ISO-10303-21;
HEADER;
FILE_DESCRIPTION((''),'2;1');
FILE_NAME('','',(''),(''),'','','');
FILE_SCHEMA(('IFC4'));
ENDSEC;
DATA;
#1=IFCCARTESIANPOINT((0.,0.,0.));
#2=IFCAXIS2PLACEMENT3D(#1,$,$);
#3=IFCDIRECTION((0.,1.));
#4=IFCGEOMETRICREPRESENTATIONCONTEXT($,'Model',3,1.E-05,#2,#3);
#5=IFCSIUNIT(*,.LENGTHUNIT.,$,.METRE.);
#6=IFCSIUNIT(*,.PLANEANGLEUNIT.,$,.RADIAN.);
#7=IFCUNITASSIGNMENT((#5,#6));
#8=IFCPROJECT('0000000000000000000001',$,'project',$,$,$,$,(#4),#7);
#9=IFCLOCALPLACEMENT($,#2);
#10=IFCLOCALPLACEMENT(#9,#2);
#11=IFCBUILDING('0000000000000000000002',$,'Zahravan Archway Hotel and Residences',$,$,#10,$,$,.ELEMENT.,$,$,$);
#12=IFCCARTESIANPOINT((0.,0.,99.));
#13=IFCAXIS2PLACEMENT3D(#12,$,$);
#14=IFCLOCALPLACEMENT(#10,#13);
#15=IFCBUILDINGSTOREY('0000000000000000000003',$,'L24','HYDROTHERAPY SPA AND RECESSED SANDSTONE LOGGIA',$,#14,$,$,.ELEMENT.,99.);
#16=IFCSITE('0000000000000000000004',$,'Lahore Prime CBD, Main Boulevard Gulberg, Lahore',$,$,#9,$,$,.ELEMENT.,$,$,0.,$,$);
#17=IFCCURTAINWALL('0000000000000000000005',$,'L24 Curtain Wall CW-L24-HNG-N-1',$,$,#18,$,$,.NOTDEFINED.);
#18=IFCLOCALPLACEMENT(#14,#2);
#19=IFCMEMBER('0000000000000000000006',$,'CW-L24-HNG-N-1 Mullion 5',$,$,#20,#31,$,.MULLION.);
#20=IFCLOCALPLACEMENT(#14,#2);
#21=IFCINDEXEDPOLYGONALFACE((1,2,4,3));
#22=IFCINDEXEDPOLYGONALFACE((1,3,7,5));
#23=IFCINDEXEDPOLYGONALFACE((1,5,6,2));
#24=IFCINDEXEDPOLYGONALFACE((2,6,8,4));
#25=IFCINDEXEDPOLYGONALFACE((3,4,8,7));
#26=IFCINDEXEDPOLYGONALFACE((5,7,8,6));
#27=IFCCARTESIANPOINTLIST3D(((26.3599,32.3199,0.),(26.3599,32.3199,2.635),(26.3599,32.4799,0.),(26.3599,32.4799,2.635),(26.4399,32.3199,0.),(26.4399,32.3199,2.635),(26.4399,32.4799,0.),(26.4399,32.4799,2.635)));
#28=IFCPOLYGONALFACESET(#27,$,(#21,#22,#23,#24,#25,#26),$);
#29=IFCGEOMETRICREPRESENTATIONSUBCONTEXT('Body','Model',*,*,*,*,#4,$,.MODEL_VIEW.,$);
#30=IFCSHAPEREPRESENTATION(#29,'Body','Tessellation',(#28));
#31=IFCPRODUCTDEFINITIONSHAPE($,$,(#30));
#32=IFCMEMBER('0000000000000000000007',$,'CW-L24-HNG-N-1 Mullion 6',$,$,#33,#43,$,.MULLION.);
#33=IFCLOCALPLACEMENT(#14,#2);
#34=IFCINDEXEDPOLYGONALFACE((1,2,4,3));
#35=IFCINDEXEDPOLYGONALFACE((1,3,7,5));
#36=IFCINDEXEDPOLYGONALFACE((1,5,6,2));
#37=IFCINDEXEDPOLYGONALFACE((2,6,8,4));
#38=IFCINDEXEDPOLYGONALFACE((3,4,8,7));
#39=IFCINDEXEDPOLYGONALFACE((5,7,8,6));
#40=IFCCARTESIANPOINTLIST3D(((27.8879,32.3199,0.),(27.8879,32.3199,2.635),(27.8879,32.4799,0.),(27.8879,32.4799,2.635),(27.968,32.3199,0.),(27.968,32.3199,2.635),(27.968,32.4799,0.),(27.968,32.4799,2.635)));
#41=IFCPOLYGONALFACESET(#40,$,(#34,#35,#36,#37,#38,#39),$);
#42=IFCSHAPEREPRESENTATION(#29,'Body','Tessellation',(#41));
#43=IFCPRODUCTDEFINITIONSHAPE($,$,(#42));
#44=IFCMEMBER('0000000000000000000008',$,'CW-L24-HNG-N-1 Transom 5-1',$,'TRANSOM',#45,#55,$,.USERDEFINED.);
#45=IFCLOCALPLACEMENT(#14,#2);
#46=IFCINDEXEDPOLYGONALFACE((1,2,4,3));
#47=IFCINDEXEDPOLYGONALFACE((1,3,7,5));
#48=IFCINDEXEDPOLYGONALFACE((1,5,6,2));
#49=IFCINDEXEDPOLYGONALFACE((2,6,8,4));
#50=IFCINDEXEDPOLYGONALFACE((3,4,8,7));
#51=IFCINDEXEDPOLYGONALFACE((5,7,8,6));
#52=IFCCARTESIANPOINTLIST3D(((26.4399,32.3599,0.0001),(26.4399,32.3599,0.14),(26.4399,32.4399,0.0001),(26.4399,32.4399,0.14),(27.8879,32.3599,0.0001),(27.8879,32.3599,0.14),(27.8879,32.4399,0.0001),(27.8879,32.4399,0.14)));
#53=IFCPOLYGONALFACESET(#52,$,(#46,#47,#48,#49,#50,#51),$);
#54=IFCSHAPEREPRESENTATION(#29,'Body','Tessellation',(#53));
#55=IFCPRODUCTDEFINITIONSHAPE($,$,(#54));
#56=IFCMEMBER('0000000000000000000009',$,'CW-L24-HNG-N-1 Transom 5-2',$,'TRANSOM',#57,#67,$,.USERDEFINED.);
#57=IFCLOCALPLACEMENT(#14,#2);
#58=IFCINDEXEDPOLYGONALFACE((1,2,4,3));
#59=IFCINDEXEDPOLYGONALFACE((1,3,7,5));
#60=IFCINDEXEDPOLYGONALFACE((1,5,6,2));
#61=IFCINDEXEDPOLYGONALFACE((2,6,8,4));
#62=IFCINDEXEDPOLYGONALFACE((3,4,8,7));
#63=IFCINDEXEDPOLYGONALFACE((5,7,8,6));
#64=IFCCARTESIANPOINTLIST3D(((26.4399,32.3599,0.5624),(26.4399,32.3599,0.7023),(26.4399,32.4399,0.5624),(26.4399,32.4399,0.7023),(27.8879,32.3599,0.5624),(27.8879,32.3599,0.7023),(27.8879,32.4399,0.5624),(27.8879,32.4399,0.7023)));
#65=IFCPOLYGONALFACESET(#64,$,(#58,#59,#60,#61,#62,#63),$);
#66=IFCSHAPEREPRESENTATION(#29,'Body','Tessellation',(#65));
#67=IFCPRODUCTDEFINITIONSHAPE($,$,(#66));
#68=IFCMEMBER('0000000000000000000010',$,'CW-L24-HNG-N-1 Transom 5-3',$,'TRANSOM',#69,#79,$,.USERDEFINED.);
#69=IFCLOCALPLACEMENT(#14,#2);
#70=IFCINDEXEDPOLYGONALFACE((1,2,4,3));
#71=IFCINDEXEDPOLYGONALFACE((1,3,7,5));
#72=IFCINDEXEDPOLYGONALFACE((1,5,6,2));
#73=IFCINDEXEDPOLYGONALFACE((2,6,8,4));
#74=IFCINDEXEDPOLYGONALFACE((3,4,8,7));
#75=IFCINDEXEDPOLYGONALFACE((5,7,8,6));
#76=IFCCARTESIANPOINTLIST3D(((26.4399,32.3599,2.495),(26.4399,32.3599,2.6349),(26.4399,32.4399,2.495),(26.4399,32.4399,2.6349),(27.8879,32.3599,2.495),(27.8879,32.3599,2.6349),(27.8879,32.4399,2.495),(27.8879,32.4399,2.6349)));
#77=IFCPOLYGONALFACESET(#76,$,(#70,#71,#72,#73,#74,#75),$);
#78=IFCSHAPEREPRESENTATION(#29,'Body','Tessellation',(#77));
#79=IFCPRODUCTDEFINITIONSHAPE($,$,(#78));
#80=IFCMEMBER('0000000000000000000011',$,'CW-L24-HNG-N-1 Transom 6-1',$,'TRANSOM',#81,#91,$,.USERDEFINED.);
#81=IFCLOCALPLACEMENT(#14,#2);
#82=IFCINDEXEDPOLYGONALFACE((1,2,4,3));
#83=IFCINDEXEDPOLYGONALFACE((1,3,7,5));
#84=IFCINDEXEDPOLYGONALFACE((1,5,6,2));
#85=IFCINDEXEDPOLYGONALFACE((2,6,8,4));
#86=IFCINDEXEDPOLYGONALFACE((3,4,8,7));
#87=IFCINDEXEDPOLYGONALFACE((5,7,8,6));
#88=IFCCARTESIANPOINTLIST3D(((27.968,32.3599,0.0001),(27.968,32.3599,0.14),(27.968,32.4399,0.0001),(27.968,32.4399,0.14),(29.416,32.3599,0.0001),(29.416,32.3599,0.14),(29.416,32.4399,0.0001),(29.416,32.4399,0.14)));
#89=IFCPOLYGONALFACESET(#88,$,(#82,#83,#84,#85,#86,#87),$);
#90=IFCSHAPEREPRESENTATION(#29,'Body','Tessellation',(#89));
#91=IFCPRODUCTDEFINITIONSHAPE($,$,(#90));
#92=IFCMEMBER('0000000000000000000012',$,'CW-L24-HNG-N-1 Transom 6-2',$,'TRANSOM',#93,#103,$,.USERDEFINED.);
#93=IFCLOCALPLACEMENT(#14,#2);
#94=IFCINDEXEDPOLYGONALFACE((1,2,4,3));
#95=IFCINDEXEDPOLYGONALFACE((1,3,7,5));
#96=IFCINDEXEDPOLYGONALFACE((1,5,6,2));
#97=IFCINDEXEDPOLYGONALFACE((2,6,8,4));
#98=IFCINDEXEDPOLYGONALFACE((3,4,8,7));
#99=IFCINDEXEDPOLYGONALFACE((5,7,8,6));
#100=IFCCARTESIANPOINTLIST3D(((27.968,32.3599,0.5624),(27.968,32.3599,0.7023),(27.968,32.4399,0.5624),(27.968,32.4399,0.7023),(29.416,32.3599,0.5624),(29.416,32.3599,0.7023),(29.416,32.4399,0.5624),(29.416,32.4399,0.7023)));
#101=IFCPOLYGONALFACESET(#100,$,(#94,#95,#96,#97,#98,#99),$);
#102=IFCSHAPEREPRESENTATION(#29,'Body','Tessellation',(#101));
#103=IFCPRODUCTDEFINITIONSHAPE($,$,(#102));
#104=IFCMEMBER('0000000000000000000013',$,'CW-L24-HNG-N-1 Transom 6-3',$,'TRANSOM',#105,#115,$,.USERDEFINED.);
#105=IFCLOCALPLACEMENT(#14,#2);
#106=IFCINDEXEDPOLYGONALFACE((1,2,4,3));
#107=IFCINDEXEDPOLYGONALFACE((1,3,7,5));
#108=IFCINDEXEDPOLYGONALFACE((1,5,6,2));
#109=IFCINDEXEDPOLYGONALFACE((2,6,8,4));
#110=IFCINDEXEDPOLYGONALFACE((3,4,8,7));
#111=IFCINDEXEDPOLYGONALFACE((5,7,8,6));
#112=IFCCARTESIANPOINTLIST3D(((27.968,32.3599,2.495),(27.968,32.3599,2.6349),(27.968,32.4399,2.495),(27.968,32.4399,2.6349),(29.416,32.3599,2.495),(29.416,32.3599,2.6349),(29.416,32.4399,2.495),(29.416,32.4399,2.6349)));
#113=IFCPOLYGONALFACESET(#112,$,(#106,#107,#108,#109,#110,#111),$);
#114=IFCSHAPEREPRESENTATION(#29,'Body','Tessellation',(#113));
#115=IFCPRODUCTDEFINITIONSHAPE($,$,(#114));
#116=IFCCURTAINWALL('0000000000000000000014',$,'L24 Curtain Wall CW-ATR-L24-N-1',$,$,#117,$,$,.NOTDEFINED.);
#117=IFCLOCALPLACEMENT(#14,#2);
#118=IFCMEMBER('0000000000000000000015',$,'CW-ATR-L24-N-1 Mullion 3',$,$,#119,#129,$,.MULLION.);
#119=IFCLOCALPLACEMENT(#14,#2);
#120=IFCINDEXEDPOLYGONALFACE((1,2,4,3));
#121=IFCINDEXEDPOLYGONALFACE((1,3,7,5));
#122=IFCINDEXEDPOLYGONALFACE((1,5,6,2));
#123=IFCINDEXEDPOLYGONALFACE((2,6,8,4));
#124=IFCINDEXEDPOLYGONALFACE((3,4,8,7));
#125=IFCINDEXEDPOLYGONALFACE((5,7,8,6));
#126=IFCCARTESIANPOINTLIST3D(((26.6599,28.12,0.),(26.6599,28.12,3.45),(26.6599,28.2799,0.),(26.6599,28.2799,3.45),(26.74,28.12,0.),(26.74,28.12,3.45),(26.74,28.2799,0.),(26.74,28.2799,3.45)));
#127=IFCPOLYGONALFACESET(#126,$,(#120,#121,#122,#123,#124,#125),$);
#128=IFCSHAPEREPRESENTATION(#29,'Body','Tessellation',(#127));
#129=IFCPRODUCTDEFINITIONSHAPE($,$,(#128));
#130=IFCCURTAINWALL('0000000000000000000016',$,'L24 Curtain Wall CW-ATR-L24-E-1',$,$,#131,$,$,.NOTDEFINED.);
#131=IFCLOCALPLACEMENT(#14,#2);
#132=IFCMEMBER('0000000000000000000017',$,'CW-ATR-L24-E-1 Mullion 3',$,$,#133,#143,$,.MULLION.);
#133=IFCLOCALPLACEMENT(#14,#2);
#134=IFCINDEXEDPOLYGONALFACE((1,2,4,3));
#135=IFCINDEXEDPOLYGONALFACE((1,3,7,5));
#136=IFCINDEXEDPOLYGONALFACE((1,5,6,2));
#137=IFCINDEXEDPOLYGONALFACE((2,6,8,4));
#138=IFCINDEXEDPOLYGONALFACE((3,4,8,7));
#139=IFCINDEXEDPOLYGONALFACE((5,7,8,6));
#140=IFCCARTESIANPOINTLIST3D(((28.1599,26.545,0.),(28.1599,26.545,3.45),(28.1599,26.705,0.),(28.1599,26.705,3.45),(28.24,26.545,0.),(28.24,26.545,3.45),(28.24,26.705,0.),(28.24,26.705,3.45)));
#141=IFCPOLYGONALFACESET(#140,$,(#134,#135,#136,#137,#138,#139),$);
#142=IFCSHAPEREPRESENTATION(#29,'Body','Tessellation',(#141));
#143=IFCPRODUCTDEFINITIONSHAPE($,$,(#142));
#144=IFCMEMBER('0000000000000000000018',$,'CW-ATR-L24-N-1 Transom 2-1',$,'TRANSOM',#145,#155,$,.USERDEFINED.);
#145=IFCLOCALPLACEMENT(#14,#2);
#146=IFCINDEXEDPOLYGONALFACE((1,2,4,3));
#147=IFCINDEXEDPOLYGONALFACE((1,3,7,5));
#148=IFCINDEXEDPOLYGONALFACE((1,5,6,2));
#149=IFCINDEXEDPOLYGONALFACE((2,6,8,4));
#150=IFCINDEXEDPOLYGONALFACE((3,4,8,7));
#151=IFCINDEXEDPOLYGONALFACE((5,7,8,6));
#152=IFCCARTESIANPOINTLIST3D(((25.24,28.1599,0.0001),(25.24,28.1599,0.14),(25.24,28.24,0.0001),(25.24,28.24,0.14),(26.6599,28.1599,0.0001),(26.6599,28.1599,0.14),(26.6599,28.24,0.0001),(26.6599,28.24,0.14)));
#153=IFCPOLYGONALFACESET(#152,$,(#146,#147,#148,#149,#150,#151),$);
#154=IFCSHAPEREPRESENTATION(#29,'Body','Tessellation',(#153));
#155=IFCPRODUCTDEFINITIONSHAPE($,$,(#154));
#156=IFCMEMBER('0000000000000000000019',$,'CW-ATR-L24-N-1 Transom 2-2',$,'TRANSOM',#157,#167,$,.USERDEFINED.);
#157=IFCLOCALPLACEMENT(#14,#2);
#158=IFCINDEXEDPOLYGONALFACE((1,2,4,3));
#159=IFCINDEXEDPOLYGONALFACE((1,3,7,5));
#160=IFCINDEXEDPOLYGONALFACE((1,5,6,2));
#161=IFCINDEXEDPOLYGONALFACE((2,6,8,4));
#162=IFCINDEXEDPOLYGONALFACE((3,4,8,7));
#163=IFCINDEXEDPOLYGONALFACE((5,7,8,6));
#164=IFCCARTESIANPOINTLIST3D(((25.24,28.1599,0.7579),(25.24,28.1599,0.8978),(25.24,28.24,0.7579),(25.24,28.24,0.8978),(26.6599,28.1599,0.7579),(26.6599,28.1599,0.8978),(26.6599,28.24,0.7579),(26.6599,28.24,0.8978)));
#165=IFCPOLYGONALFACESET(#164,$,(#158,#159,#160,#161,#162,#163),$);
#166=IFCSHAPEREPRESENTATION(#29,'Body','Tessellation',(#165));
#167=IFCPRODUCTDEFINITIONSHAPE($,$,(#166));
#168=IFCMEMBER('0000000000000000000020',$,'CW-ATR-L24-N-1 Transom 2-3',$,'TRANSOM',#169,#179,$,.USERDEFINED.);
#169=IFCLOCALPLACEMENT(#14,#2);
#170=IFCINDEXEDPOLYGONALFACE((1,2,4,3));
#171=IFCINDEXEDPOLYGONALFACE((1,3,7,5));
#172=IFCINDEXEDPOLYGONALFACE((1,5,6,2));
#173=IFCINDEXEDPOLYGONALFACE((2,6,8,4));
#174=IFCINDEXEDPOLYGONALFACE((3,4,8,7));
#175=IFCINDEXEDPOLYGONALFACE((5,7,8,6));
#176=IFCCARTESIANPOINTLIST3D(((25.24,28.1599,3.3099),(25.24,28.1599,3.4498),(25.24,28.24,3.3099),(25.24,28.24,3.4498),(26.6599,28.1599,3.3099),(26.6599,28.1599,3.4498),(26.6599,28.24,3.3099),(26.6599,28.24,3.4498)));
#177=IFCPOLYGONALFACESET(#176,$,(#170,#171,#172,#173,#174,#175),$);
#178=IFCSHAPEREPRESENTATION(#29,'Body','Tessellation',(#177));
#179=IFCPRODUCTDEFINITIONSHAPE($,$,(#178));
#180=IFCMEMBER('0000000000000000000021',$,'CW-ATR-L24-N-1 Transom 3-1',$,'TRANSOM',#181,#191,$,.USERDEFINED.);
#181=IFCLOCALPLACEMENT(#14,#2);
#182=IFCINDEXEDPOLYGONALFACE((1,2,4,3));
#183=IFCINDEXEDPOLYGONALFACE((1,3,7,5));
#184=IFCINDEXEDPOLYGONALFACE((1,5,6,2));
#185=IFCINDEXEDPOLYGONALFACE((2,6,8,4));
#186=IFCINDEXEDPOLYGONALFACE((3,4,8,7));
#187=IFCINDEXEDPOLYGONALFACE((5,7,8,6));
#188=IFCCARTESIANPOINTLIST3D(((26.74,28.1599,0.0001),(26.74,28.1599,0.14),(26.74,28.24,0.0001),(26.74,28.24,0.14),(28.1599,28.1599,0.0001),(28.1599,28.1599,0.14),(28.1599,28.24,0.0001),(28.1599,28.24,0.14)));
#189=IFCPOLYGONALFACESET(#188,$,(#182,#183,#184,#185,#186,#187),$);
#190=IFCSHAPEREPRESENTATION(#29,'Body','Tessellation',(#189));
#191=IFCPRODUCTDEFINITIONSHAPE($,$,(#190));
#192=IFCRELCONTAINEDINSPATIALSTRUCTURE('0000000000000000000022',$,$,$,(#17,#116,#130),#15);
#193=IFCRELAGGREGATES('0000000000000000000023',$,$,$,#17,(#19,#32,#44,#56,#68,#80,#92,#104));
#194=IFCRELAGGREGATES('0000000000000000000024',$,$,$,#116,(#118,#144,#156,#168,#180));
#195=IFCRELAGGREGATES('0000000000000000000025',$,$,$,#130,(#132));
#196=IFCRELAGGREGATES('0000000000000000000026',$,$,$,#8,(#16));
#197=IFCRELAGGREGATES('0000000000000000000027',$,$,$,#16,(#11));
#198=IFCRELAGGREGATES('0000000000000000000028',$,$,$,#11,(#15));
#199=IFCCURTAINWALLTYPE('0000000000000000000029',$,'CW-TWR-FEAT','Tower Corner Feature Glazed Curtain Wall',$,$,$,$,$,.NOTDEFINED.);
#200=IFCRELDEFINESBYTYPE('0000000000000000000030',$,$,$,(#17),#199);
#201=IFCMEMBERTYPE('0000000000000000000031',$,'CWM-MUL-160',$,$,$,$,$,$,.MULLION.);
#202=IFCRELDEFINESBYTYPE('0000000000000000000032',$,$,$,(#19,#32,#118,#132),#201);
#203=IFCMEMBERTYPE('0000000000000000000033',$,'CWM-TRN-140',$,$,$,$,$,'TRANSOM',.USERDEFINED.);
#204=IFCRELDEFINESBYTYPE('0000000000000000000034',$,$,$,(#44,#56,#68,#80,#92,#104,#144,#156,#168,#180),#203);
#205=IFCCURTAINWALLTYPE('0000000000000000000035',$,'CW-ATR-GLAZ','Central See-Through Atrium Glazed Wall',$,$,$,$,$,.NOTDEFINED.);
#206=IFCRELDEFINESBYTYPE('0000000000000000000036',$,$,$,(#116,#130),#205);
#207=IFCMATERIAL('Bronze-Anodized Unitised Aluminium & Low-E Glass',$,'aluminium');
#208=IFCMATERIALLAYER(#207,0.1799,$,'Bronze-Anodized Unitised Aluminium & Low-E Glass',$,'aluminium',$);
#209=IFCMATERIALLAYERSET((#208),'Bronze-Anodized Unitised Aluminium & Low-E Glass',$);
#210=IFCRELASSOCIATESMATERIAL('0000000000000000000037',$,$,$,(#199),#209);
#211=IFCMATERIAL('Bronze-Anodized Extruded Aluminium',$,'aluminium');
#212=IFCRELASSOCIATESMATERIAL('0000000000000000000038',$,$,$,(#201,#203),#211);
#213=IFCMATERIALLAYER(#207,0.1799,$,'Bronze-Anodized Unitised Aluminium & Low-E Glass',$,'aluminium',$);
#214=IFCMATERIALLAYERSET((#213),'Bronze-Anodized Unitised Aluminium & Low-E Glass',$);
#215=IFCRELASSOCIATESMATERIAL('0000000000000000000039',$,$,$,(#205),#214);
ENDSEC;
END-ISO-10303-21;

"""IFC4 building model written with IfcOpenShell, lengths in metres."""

from ifc_helpers import new_model, si_unit, direction, frame, origin, origin_2d, place, context, subcontext, project, spatial, rectangle, extrude, source, transform, mapped, material, layer, layer_set, material_profile, profile_set, type_object, element, aggregate, save


model = new_model("IFC4")

# Units and contexts
model_context = context("Model", 3, precision=1e-05, world=origin(), true_north=direction((0.0, 1.0)))
body_context = subcontext(model_context, "Body", "Model", "MODEL_VIEW")
ifc_project = project(units=[si_unit("LENGTHUNIT", "METRE"), si_unit("PLANEANGLEUNIT", "RADIAN")], contexts=[model_context])

# Site, building, storey
site_placement = place(None, origin())
site = spatial("IfcSite", under=ifc_project, at=site_placement, Name="Lahore Prime CBD, Main Boulevard Gulberg, Lahore", CompositionType="ELEMENT", RefElevation=0.0)
building_placement = place(site_placement, origin())
building = spatial("IfcBuilding", under=site, at=building_placement, Name="Zahravan Archway Hotel and Residences", CompositionType="ELEMENT")
storey_placement = place(building_placement, frame((0.0, 0.0, 99.0)))
storey = spatial("IfcBuildingStorey", under=building, at=storey_placement, Name="L24", Description="HYDROTHERAPY SPA AND RECESSED SANDSTONE LOGGIA", CompositionType="ELEMENT", Elevation=99.0)

# Curtain wall, members
ifc_material_1 = material(Name="Bronze-Anodized Unitised Aluminium & Low-E Glass", Category="aluminium")
ifc_layer_1 = layer(ifc_material_1, 0.1799, Name="Bronze-Anodized Unitised Aluminium & Low-E Glass", Category="aluminium")
ifc_layer_set_1 = layer_set([ifc_layer_1], Name="Bronze-Anodized Unitised Aluminium & Low-E Glass")
curtain_wall_type_1 = type_object("IfcCurtainWallType", Name="CW-TWR-FEAT", Description="Tower Corner Feature Glazed Curtain Wall", PredefinedType="NOTDEFINED", material=ifc_layer_set_1)
curtain_wall_1_placement = place(storey_placement, origin())
curtain_wall_1 = element("IfcCurtainWall", 1, at=curtain_wall_1_placement, inside=storey, type_object=curtain_wall_type_1, Name="L24 Curtain Wall CW-L24-HNG-N-1", PredefinedType="NOTDEFINED")
ifc_material_2 = material(Name="Bronze-Anodized Extruded Aluminium", Category="aluminium")
ifc_material_profile_1 = material_profile(ifc_material_2, rectangle(XDim=0.0801, YDim=0.1599, at=origin_2d()), Name="MUL 80x160", Category="aluminium")
ifc_profile_set_1 = profile_set([ifc_material_profile_1], Name="Bronze-Anodized Extruded Aluminium")
member_type_1 = type_object("IfcMemberType", Name="CWM-MUL-160", PredefinedType="MULLION", material=ifc_profile_set_1)
shared_shape_1 = source(origin(), body_context, "Body", "SweptSolid", [
    extrude(rectangle(XDim=0.0801, YDim=0.1599, at=origin_2d()), origin(), (0.0, 0.0, 1.0), 2.635),
])
member_1_placement = place(storey_placement, frame((26.3999, 32.3999, 0.0), z_axis=(0.0, 0.0, 1.0), x_axis=(1.0, 0.0, 0.0)))
member_1 = element("IfcMember", 2, at=member_1_placement, type_object=member_type_1, Name="CW-L24-HNG-N-1 Mullion 5", PredefinedType="MULLION", context=body_context, shape_type="MappedRepresentation", body=[
    mapped(shared_shape_1, transform((0.0, 0.0, 0.0), scale=1.0)),
])
member_2_placement = place(storey_placement, frame((27.928, 32.3999, 0.0), z_axis=(0.0, 0.0, 1.0), x_axis=(1.0, 0.0, 0.0)))
member_2 = element("IfcMember", 3, at=member_2_placement, type_object=member_type_1, Name="CW-L24-HNG-N-1 Mullion 6", PredefinedType="MULLION", context=body_context, shape_type="MappedRepresentation", body=[
    mapped(shared_shape_1, transform((0.0, 0.0, 0.0), scale=1.0)),
])
ifc_material_profile_2 = material_profile(ifc_material_2, rectangle(XDim=0.0801, YDim=0.1399, at=origin_2d()), Name="TRN 80x140", Category="aluminium")
ifc_profile_set_2 = profile_set([ifc_material_profile_2], Name="Bronze-Anodized Extruded Aluminium")
member_type_2 = type_object("IfcMemberType", Name="CWM-TRN-140", ElementType="TRANSOM", PredefinedType="USERDEFINED", material=ifc_profile_set_2)
shared_shape_2 = source(origin(), body_context, "Body", "SweptSolid", [
    extrude(rectangle(XDim=0.0801, YDim=0.1399, at=origin_2d()), origin(), (0.0, 0.0, 1.0), 1.448),
])
member_3_placement = place(storey_placement, frame((26.4399, 32.3999, 0.0701), z_axis=(1.0, 0.0, 0.0), x_axis=(0.0, 1.0, 0.0)))
member_3 = element("IfcMember", 4, at=member_3_placement, type_object=member_type_2, Name="CW-L24-HNG-N-1 Transom 5-1", ObjectType="TRANSOM", PredefinedType="USERDEFINED", context=body_context, shape_type="MappedRepresentation", body=[
    mapped(shared_shape_2, transform((0.0, 0.0, 0.0), scale=1.0)),
])
member_4_placement = place(storey_placement, frame((26.4399, 32.3999, 0.6323), z_axis=(1.0, 0.0, 0.0), x_axis=(0.0, 1.0, 0.0)))
member_4 = element("IfcMember", 5, at=member_4_placement, type_object=member_type_2, Name="CW-L24-HNG-N-1 Transom 5-2", ObjectType="TRANSOM", PredefinedType="USERDEFINED", context=body_context, shape_type="MappedRepresentation", body=[
    mapped(shared_shape_2, transform((0.0, 0.0, 0.0), scale=1.0)),
])
member_5_placement = place(storey_placement, frame((26.4399, 32.3999, 2.5649), z_axis=(1.0, 0.0, 0.0), x_axis=(0.0, 1.0, 0.0)))
member_5 = element("IfcMember", 6, at=member_5_placement, type_object=member_type_2, Name="CW-L24-HNG-N-1 Transom 5-3", ObjectType="TRANSOM", PredefinedType="USERDEFINED", context=body_context, shape_type="MappedRepresentation", body=[
    mapped(shared_shape_2, transform((0.0, 0.0, 0.0), scale=1.0)),
])
member_6_placement = place(storey_placement, frame((27.968, 32.3999, 0.0701), z_axis=(1.0, 0.0, 0.0), x_axis=(0.0, 1.0, 0.0)))
member_6 = element("IfcMember", 7, at=member_6_placement, type_object=member_type_2, Name="CW-L24-HNG-N-1 Transom 6-1", ObjectType="TRANSOM", PredefinedType="USERDEFINED", context=body_context, shape_type="MappedRepresentation", body=[
    mapped(shared_shape_2, transform((0.0, 0.0, 0.0), scale=1.0)),
])
member_7_placement = place(storey_placement, frame((27.968, 32.3999, 0.6323), z_axis=(1.0, 0.0, 0.0), x_axis=(0.0, 1.0, 0.0)))
member_7 = element("IfcMember", 8, at=member_7_placement, type_object=member_type_2, Name="CW-L24-HNG-N-1 Transom 6-2", ObjectType="TRANSOM", PredefinedType="USERDEFINED", context=body_context, shape_type="MappedRepresentation", body=[
    mapped(shared_shape_2, transform((0.0, 0.0, 0.0), scale=1.0)),
])
member_8_placement = place(storey_placement, frame((27.968, 32.3999, 2.5649), z_axis=(1.0, 0.0, 0.0), x_axis=(0.0, 1.0, 0.0)))
member_8 = element("IfcMember", 9, at=member_8_placement, type_object=member_type_2, Name="CW-L24-HNG-N-1 Transom 6-3", ObjectType="TRANSOM", PredefinedType="USERDEFINED", context=body_context, shape_type="MappedRepresentation", body=[
    mapped(shared_shape_2, transform((0.0, 0.0, 0.0), scale=1.0)),
])

# Curtain walls, members
ifc_layer_2 = layer(ifc_material_1, 0.1799, Name="Bronze-Anodized Unitised Aluminium & Low-E Glass", Category="aluminium")
ifc_layer_set_2 = layer_set([ifc_layer_2], Name="Bronze-Anodized Unitised Aluminium & Low-E Glass")
curtain_wall_type_2 = type_object("IfcCurtainWallType", Name="CW-ATR-GLAZ", Description="Central See-Through Atrium Glazed Wall", PredefinedType="NOTDEFINED", material=ifc_layer_set_2)
curtain_wall_2_placement = place(storey_placement, origin())
curtain_wall_2 = element("IfcCurtainWall", 10, at=curtain_wall_2_placement, inside=storey, type_object=curtain_wall_type_2, Name="L24 Curtain Wall CW-ATR-L24-N-1", PredefinedType="NOTDEFINED")
shared_shape_3 = source(origin(), body_context, "Body", "SweptSolid", [
    extrude(rectangle(XDim=0.0801, YDim=0.1599, at=origin_2d()), origin(), (0.0, 0.0, 1.0), 3.45),
])
member_9_placement = place(storey_placement, frame((26.7, 28.2, 0.0), z_axis=(0.0, 0.0, 1.0), x_axis=(1.0, 0.0, 0.0)))
member_9 = element("IfcMember", 11, at=member_9_placement, type_object=member_type_1, Name="CW-ATR-L24-N-1 Mullion 3", PredefinedType="MULLION", context=body_context, shape_type="MappedRepresentation", body=[
    mapped(shared_shape_3, transform((0.0, 0.0, 0.0), scale=1.0)),
])
curtain_wall_3_placement = place(storey_placement, origin())
curtain_wall_3 = element("IfcCurtainWall", 12, at=curtain_wall_3_placement, inside=storey, type_object=curtain_wall_type_2, Name="L24 Curtain Wall CW-ATR-L24-E-1", PredefinedType="NOTDEFINED")
member_10_placement = place(storey_placement, frame((28.2, 26.625, 0.0), z_axis=(0.0, 0.0, 1.0), x_axis=(1.0, 0.0, 0.0)))
member_10 = element("IfcMember", 13, at=member_10_placement, type_object=member_type_1, Name="CW-ATR-L24-E-1 Mullion 3", PredefinedType="MULLION", context=body_context, shape_type="MappedRepresentation", body=[
    mapped(shared_shape_3, transform((0.0, 0.0, 0.0), scale=1.0)),
])

# Members
shared_shape_4 = source(origin(), body_context, "Body", "SweptSolid", [
    extrude(rectangle(XDim=0.0801, YDim=0.1399, at=origin_2d()), origin(), (0.0, 0.0, 1.0), 1.4199),
])
member_11_placement = place(storey_placement, frame((25.24, 28.2, 0.0701), z_axis=(1.0, 0.0, 0.0), x_axis=(0.0, 1.0, 0.0)))
member_11 = element("IfcMember", 14, at=member_11_placement, type_object=member_type_2, Name="CW-ATR-L24-N-1 Transom 2-1", ObjectType="TRANSOM", PredefinedType="USERDEFINED", context=body_context, shape_type="MappedRepresentation", body=[
    mapped(shared_shape_4, transform((0.0, 0.0, 0.0), scale=1.0)),
])
member_12_placement = place(storey_placement, frame((25.24, 28.2, 0.8279), z_axis=(1.0, 0.0, 0.0), x_axis=(0.0, 1.0, 0.0)))
member_12 = element("IfcMember", 15, at=member_12_placement, type_object=member_type_2, Name="CW-ATR-L24-N-1 Transom 2-2", ObjectType="TRANSOM", PredefinedType="USERDEFINED", context=body_context, shape_type="MappedRepresentation", body=[
    mapped(shared_shape_4, transform((0.0, 0.0, 0.0), scale=1.0)),
])
member_13_placement = place(storey_placement, frame((25.24, 28.2, 3.3799), z_axis=(1.0, 0.0, 0.0), x_axis=(0.0, 1.0, 0.0)))
member_13 = element("IfcMember", 16, at=member_13_placement, type_object=member_type_2, Name="CW-ATR-L24-N-1 Transom 2-3", ObjectType="TRANSOM", PredefinedType="USERDEFINED", context=body_context, shape_type="MappedRepresentation", body=[
    mapped(shared_shape_4, transform((0.0, 0.0, 0.0), scale=1.0)),
])
member_14_placement = place(storey_placement, frame((26.74, 28.2, 0.0701), z_axis=(1.0, 0.0, 0.0), x_axis=(0.0, 1.0, 0.0)))
member_14 = element("IfcMember", 17, at=member_14_placement, type_object=member_type_2, Name="CW-ATR-L24-N-1 Transom 3-1", ObjectType="TRANSOM", PredefinedType="USERDEFINED", context=body_context, shape_type="MappedRepresentation", body=[
    mapped(shared_shape_4, transform((0.0, 0.0, 0.0), scale=1.0)),
])

aggregate(curtain_wall_1, [member_1, member_2, member_3, member_4, member_5, member_6, member_7, member_8])
aggregate(curtain_wall_2, [member_9, member_11, member_12, member_13, member_14])
aggregate(curtain_wall_3, [member_10])

save(model, "model.ifc")
